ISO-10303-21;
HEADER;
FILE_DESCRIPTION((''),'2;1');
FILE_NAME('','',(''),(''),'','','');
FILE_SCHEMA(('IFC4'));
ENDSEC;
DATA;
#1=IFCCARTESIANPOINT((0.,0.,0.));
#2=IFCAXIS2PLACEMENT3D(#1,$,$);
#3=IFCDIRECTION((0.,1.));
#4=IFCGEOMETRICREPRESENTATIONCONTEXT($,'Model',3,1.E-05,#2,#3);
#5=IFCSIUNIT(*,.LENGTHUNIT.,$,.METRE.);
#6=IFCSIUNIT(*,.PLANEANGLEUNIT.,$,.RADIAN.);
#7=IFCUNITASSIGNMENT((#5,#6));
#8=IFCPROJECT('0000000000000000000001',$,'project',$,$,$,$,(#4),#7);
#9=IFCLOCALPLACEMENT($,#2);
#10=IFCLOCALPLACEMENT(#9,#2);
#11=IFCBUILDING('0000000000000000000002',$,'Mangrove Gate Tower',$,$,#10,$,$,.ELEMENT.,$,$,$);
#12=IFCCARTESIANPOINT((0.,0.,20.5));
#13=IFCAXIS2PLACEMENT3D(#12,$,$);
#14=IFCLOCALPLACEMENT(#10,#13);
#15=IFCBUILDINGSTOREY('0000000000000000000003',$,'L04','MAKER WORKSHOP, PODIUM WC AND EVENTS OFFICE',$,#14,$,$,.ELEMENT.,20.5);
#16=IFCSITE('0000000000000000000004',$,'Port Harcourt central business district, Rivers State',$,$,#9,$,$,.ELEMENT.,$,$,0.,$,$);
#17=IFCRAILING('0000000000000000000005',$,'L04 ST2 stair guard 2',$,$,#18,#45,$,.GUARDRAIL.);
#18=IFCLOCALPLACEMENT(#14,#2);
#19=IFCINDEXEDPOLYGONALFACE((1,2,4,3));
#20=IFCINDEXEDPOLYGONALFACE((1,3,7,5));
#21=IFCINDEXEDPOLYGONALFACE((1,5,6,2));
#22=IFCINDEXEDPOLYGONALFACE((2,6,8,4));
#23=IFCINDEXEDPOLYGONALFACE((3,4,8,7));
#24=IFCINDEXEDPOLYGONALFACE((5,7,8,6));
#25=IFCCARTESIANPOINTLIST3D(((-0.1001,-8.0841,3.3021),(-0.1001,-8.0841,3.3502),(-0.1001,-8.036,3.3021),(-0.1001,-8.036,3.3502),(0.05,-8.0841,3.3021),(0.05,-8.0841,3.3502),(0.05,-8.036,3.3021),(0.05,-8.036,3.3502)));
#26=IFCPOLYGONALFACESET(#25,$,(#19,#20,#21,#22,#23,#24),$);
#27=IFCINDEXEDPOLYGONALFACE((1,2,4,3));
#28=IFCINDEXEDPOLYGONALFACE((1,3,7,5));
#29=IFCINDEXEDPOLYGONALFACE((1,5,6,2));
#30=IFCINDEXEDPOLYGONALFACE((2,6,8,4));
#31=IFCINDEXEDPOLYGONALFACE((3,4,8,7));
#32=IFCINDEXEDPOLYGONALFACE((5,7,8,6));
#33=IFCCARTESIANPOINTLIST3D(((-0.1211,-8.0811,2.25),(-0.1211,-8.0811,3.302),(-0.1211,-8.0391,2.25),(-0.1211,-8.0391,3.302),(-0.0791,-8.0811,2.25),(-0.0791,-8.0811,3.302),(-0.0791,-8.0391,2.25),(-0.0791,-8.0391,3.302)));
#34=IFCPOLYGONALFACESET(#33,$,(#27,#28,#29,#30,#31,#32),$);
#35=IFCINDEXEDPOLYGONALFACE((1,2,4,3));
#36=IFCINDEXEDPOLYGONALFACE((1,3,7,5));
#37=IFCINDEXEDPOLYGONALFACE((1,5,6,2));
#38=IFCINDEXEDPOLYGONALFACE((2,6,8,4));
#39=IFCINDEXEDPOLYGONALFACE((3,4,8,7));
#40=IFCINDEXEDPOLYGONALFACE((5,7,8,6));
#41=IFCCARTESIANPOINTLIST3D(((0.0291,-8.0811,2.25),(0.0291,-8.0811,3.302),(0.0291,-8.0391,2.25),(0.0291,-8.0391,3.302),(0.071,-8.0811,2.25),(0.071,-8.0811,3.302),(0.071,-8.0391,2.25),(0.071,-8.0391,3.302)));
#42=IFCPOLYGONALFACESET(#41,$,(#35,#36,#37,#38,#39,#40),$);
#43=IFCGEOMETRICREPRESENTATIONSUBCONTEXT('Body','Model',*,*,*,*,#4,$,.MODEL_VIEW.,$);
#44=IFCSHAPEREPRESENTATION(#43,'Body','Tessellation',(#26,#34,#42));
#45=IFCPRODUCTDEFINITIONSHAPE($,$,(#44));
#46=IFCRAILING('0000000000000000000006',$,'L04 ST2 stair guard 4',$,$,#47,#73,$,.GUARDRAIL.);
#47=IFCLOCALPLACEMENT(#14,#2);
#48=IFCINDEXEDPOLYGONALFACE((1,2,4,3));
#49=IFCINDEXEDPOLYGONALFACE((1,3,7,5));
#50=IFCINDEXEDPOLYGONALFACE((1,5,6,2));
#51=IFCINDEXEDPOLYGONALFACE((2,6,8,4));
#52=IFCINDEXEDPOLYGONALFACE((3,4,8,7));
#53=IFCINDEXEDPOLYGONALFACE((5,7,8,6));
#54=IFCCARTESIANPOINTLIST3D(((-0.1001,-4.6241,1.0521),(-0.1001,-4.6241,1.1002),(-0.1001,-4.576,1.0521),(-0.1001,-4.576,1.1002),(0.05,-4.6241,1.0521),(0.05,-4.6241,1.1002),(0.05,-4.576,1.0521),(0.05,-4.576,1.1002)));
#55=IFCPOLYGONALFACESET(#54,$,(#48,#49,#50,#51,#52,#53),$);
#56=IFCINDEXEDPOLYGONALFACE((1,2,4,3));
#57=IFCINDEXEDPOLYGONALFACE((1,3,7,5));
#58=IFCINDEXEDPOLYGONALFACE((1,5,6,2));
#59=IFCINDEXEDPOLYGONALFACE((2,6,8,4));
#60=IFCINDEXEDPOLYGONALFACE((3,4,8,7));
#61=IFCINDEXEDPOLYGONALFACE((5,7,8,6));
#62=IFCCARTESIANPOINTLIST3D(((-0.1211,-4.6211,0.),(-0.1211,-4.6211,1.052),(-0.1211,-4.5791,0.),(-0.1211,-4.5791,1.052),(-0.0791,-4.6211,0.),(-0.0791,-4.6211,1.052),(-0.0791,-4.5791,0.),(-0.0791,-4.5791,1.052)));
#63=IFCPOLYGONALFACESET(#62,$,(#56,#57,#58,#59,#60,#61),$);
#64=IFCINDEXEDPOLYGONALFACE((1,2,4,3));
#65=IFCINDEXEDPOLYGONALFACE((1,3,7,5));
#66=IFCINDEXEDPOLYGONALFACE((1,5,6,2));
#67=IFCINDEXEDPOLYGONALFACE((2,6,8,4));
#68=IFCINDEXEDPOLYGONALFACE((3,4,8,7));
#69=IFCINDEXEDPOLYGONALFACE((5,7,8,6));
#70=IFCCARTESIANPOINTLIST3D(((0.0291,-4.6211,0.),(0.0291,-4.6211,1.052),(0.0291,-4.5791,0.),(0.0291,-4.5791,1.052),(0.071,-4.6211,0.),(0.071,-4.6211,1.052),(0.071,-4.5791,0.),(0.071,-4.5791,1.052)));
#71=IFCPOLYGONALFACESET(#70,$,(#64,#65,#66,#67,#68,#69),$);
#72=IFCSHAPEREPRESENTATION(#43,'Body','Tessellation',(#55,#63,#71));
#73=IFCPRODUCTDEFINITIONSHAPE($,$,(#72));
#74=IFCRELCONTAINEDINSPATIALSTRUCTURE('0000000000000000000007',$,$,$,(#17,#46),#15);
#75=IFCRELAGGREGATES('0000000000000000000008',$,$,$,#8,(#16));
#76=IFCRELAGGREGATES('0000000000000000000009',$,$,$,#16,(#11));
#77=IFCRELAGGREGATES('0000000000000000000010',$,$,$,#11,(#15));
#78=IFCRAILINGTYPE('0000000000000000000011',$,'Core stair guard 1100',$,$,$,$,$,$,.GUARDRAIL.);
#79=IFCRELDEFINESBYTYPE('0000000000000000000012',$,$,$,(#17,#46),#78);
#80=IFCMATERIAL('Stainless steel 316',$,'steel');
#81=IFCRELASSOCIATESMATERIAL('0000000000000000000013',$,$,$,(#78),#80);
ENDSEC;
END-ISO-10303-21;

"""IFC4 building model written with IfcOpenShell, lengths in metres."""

from ifc_helpers import new_model, si_unit, direction, frame, origin, origin_2d, place, context, subcontext, project, spatial, rectangle, extrude, material, type_object, element, save


model = new_model("IFC4")

# Units and contexts
model_context = context("Model", 3, precision=1e-05, world=origin(), true_north=direction((0.0, 1.0)))
body_context = subcontext(model_context, "Body", "Model", "MODEL_VIEW")
ifc_project = project(units=[si_unit("LENGTHUNIT", "METRE"), si_unit("PLANEANGLEUNIT", "RADIAN")], contexts=[model_context])

# Site, building, storey
site_placement = place(None, origin())
site = spatial("IfcSite", under=ifc_project, at=site_placement, Name="Port Harcourt central business district, Rivers State", CompositionType="ELEMENT", RefElevation=0.0)
building_placement = place(site_placement, origin())
building = spatial("IfcBuilding", under=site, at=building_placement, Name="Mangrove Gate Tower", CompositionType="ELEMENT")
storey_placement = place(building_placement, frame((0.0, 0.0, 20.5)))
storey = spatial("IfcBuildingStorey", under=building, at=storey_placement, Name="L04", Description="MAKER WORKSHOP, PODIUM WC AND EVENTS OFFICE", CompositionType="ELEMENT", Elevation=20.5)

# Railings
ifc_material_1 = material(Name="Stainless steel 316", Category="steel")
railing_type_1 = type_object("IfcRailingType", Name="Core stair guard 1100", PredefinedType="GUARDRAIL", material=ifc_material_1)
for number, where, name in (
    (1, (-0.1001, -8.0601, 2.25), "L04 ST2 stair guard 2"),
    (2, (-0.1001, -4.6001, 0.0), "L04 ST2 stair guard 4"),
):
    element("IfcRailing", number, at=place(storey_placement, frame(where)), inside=storey, type_object=railing_type_1, Name=name, PredefinedType="GUARDRAIL", context=body_context, shape_type="SweptSolid", body=[
        extrude(rectangle(XDim=0.0481, YDim=0.0481, at=origin_2d()), frame((0.0, 0.0, 1.0762), z_axis=(1.0, 0.0, 0.0), x_axis=(0.0, 1.0, 0.0)), (0.0, 0.0, 1.0), 0.1501),
        extrude(rectangle(XDim=0.042, YDim=0.042, at=origin_2d()), origin(), (0.0, 0.0, 1.0), 1.052),
        extrude(rectangle(XDim=0.042, YDim=0.042, at=origin_2d()), frame((0.1501, 0.0, 0.0)), (0.0, 0.0, 1.0), 1.052),
    ])

save(model, "model.ifc")
